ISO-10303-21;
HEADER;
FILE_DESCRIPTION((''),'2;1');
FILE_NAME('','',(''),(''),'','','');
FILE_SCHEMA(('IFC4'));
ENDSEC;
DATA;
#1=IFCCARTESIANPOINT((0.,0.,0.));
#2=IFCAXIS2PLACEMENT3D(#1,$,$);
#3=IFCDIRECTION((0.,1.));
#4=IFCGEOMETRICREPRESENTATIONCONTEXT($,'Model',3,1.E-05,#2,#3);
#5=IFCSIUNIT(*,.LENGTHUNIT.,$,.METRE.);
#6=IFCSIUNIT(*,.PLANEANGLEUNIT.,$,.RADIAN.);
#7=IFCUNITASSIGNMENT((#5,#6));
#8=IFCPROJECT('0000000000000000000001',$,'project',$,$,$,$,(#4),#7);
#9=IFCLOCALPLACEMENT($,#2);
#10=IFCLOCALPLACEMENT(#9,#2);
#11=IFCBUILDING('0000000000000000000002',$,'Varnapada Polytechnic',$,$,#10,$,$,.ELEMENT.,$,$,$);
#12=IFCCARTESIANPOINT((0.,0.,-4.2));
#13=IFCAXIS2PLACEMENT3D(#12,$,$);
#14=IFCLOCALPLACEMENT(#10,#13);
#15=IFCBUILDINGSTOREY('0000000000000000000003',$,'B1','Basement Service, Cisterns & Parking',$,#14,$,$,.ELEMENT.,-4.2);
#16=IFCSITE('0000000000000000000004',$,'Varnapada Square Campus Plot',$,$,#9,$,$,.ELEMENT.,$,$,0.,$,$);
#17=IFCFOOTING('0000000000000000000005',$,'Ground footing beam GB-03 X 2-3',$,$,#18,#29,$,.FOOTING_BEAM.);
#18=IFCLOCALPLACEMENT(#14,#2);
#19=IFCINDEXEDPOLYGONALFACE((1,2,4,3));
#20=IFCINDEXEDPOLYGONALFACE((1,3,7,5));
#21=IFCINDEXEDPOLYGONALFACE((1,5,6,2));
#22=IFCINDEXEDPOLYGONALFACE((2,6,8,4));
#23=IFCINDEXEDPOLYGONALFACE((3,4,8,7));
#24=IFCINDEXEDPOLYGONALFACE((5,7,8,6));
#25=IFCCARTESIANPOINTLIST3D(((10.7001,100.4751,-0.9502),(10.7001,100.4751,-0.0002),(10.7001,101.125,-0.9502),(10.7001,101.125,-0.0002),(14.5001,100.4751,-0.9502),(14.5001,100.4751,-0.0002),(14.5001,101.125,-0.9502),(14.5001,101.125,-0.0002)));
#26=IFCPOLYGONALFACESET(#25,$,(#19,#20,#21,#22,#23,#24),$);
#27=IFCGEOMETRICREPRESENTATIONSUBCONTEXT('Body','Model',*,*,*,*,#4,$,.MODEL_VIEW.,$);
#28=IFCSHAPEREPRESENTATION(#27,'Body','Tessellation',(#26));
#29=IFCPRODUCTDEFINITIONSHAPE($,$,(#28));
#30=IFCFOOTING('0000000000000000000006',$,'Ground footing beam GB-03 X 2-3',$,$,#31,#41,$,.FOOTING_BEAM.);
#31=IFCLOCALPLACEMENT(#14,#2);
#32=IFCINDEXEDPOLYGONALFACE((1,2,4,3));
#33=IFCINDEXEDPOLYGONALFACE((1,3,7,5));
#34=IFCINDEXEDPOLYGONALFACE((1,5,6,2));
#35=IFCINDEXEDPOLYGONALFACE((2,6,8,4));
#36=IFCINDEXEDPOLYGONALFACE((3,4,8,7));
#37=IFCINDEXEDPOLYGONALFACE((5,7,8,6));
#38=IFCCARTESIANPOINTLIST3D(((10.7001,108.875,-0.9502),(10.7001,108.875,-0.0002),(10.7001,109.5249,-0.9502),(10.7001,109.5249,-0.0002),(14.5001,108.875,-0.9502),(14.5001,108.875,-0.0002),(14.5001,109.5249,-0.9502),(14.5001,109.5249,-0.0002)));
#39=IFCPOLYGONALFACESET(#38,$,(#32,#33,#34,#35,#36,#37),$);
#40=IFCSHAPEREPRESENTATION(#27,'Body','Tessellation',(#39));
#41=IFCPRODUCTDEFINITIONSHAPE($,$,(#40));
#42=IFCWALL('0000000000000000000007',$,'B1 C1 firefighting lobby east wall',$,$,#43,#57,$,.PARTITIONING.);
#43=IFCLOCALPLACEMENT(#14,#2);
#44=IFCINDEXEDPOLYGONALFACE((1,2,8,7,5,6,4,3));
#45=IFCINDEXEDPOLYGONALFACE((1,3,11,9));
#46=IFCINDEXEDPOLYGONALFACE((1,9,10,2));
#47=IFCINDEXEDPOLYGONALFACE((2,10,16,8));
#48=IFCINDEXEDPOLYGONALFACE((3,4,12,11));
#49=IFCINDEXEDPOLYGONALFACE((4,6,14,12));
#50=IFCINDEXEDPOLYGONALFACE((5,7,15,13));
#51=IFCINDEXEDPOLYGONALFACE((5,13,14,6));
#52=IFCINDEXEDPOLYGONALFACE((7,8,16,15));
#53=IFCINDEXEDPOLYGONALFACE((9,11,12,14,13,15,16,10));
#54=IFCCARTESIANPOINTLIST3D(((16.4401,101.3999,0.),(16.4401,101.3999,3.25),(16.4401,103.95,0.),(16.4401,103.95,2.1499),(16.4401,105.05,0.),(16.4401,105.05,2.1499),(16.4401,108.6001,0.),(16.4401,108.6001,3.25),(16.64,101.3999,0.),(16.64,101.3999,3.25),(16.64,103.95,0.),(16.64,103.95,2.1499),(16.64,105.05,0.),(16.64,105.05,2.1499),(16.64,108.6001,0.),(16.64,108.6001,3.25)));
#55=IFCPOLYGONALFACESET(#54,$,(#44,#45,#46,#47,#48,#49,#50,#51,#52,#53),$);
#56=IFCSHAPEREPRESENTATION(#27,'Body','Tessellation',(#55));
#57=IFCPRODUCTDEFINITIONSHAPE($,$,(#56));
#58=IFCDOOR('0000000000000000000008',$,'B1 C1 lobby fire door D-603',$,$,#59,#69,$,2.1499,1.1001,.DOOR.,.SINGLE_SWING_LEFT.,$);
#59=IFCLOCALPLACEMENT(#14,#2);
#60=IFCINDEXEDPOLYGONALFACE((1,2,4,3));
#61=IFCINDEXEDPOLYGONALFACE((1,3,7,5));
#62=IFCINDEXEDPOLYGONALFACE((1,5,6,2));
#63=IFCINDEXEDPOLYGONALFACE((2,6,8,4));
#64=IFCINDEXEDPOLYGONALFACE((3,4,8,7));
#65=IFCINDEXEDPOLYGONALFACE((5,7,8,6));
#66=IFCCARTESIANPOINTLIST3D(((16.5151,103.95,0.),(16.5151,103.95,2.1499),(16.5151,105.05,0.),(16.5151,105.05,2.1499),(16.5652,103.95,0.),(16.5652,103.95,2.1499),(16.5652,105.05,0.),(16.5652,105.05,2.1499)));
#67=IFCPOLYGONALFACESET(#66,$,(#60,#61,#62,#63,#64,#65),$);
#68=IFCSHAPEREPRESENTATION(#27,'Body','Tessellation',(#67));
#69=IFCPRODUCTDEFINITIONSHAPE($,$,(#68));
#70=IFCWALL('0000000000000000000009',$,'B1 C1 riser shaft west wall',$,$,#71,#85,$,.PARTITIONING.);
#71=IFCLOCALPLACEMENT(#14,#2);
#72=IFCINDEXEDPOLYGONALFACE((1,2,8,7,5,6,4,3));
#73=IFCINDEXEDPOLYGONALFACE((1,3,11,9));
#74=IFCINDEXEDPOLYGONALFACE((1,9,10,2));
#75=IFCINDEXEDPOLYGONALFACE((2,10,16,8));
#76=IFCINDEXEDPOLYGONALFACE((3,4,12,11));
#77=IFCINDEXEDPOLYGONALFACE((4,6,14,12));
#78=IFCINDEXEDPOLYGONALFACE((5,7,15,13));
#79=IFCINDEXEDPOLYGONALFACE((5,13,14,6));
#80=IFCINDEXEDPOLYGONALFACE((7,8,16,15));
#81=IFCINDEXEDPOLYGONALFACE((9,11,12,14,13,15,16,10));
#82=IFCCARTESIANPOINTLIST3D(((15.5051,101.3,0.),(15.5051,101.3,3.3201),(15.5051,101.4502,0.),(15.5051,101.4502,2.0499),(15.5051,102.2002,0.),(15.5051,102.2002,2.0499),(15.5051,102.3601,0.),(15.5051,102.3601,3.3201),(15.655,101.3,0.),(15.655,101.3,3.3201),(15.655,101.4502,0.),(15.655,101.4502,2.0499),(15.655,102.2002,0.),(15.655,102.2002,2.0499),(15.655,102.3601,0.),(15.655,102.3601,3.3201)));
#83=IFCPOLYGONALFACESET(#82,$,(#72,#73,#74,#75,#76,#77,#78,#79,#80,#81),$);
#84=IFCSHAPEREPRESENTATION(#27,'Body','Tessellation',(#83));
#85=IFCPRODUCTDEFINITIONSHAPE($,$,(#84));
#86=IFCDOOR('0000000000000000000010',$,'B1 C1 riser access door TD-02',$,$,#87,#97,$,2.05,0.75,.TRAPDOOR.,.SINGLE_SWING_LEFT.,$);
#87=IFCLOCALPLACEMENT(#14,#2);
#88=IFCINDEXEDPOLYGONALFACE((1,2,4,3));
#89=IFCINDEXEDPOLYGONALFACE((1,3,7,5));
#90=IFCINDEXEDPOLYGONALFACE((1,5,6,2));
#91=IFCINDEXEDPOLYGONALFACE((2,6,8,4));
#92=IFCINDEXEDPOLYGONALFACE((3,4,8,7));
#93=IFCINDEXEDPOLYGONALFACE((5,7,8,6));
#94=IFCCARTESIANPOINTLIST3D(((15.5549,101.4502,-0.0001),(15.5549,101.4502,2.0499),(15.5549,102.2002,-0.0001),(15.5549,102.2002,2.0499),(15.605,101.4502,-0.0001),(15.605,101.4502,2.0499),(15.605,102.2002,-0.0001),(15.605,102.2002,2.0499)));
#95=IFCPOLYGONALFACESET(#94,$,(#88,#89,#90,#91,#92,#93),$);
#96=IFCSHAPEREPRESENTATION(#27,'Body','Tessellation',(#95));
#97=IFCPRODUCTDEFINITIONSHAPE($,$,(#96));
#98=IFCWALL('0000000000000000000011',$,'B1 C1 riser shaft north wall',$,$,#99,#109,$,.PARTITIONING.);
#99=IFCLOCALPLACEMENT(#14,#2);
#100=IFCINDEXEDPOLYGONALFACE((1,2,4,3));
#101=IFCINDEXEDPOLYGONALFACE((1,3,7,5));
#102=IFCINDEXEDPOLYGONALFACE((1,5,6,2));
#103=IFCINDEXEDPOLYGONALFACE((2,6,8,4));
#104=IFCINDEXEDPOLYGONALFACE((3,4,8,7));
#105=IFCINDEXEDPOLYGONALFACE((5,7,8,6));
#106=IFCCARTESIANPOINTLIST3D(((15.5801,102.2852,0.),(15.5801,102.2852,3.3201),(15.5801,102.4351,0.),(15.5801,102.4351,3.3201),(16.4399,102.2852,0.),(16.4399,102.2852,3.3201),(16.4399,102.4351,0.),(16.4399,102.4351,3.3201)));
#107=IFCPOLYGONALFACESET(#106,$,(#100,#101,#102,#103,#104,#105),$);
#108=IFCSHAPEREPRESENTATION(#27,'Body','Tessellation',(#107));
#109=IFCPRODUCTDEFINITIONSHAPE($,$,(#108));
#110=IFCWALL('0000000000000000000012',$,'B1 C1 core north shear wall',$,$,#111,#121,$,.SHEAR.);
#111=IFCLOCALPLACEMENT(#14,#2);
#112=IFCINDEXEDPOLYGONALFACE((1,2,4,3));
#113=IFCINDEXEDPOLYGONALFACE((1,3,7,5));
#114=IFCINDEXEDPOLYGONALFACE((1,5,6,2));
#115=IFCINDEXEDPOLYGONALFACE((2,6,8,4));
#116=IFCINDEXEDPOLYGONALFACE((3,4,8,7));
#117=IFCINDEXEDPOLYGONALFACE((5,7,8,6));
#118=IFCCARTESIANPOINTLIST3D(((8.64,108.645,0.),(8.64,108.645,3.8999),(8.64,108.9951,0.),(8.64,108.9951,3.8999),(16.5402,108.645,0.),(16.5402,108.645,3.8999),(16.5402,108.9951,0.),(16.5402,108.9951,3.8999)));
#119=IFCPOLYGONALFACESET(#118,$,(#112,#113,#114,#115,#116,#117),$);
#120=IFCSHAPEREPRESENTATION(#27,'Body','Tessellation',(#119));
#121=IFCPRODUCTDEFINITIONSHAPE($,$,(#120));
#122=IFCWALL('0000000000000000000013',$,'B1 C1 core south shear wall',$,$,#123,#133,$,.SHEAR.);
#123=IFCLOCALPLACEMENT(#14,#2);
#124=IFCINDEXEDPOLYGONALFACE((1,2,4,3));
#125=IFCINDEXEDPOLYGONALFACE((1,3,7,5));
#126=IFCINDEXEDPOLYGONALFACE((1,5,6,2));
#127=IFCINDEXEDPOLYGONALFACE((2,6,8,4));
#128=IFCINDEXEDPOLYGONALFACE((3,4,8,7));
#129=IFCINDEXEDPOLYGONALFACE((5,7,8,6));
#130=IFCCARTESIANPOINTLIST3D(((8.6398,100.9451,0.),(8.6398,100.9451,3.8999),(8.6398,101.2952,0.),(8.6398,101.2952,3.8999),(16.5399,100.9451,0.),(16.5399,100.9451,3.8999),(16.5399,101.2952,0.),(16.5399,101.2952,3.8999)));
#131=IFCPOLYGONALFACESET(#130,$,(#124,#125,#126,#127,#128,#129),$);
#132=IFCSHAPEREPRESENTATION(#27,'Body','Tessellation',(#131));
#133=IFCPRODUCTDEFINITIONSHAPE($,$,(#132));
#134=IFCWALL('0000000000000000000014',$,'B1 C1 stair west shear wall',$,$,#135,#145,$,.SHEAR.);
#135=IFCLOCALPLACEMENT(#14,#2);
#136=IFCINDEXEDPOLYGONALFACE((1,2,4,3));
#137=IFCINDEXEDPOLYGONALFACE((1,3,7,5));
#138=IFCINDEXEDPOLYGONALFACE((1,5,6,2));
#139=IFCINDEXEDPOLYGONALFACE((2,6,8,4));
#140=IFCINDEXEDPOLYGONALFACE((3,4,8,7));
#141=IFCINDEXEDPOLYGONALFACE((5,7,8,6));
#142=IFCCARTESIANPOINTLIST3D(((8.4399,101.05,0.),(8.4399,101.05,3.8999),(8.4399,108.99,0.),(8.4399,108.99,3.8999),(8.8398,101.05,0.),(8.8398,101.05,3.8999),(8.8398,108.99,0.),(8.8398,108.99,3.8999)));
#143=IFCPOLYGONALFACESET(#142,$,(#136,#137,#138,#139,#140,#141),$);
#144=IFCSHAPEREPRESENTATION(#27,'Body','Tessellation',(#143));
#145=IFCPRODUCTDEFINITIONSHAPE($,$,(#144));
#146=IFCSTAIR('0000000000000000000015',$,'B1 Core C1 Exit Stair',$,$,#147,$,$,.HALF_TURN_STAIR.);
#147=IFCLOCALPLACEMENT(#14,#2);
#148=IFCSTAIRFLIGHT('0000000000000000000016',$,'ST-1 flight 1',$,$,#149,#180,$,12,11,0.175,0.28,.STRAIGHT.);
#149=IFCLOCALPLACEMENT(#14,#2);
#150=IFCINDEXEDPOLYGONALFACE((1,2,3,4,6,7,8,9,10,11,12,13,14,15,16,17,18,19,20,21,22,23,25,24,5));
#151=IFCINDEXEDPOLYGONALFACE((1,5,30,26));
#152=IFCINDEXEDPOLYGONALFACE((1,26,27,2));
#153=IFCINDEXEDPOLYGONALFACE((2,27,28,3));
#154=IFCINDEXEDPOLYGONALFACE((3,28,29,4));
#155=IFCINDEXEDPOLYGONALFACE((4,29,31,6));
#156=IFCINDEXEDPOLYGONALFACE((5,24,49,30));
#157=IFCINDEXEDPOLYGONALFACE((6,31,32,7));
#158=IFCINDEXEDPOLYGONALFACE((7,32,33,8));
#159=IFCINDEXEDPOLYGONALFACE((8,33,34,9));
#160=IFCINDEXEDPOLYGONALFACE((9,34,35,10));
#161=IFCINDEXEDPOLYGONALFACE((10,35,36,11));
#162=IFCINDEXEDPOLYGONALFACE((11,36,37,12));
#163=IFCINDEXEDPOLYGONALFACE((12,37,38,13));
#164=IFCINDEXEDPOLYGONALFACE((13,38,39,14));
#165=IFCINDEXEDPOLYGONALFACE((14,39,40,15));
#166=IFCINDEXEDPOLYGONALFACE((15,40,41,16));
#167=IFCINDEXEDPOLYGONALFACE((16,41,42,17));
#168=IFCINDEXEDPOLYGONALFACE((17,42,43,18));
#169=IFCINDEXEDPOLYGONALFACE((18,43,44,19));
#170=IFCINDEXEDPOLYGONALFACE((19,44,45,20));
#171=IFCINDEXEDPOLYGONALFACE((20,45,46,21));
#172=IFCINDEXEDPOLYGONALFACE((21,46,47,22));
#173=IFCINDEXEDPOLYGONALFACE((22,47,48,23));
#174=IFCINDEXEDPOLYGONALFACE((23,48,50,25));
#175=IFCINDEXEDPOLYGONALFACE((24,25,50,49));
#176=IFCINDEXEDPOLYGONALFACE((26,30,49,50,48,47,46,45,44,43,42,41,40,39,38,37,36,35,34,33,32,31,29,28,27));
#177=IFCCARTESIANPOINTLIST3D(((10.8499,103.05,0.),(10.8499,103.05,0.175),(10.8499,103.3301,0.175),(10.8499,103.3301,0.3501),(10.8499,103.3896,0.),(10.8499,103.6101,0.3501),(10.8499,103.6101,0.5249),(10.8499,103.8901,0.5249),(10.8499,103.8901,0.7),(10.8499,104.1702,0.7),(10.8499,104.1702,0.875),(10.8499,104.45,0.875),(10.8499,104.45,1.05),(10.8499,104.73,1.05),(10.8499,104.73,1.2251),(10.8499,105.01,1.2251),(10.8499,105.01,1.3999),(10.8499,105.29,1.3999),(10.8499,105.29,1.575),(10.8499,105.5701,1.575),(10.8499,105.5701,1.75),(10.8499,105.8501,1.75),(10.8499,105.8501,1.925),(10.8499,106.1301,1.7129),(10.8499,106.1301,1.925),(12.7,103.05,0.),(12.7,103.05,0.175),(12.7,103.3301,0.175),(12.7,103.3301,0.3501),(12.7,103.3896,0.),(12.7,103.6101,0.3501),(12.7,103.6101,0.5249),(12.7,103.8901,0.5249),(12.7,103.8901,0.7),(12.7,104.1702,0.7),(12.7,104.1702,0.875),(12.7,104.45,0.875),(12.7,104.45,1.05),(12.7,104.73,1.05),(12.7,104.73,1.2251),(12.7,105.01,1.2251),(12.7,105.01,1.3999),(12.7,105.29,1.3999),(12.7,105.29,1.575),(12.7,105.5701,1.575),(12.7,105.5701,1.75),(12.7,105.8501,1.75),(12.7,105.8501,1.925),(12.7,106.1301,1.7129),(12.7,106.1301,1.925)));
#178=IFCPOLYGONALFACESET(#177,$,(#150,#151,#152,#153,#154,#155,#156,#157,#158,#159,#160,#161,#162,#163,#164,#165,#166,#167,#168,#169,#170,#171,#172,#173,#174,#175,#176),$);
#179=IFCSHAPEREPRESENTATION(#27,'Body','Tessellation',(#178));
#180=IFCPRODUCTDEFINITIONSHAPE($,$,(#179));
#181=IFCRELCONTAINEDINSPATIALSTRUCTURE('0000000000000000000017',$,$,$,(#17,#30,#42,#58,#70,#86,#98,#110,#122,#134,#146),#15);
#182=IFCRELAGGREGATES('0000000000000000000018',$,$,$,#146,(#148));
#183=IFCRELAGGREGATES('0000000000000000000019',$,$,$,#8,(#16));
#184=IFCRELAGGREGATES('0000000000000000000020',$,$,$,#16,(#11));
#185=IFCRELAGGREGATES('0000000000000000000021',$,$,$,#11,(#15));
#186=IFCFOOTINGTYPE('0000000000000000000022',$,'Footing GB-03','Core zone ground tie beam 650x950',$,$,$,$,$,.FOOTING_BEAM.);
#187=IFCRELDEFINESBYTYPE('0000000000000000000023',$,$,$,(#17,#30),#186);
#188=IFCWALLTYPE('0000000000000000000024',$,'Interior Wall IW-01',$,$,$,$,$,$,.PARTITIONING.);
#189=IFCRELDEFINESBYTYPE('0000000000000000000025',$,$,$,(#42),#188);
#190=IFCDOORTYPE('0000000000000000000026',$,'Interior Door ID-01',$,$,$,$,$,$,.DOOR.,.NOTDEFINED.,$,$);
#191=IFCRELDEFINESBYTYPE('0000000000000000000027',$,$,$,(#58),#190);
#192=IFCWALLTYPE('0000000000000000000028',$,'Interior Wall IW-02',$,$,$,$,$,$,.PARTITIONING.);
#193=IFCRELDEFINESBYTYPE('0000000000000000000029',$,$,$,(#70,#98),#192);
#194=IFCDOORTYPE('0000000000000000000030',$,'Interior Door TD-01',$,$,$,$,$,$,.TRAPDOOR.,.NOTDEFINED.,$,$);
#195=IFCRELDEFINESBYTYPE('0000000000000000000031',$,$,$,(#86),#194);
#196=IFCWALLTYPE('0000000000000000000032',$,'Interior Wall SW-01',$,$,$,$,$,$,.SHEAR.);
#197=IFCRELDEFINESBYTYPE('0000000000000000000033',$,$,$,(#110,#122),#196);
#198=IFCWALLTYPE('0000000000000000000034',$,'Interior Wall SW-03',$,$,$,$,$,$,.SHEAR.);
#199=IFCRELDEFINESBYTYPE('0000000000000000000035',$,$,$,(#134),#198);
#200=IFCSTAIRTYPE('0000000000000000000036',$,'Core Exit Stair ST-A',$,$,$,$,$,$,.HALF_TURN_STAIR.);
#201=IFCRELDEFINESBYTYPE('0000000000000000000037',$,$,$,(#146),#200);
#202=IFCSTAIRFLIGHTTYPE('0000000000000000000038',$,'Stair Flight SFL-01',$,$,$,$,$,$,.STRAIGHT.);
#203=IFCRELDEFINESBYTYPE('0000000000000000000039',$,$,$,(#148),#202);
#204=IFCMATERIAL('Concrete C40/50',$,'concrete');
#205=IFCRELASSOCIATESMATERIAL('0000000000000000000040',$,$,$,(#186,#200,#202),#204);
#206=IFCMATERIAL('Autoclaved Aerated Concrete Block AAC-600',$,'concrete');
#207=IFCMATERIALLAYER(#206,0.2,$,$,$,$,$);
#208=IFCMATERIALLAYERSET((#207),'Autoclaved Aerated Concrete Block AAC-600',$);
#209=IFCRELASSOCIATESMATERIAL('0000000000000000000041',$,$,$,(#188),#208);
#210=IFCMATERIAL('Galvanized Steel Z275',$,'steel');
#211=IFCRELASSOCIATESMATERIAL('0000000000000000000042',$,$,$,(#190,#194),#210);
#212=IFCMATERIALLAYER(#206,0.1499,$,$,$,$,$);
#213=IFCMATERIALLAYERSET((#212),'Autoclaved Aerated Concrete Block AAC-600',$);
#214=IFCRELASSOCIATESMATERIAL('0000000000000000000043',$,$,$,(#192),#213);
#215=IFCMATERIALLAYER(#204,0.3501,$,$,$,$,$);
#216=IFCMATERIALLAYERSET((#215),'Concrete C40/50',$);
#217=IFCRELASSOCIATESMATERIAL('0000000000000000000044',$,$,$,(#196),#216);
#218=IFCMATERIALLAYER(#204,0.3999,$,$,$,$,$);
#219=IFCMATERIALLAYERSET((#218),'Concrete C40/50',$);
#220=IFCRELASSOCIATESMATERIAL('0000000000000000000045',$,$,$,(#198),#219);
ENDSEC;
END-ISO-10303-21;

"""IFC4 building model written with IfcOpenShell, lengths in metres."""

from ifc_helpers import new_model, si_unit, direction, frame, frame_2d, origin, origin_2d, place, context, subcontext, project, spatial, polyline, rectangle, outline, extrude, material, layer, layer_set, type_object, element, fill, aggregate, save


model = new_model("IFC4")

# Units and contexts
model_context = context("Model", 3, precision=1e-05, world=origin(), true_north=direction((0.0, 1.0)))
body_context = subcontext(model_context, "Body", "Model", "MODEL_VIEW")
ifc_project = project(units=[si_unit("LENGTHUNIT", "METRE"), si_unit("PLANEANGLEUNIT", "RADIAN")], contexts=[model_context])

# Site, building, storey
site_placement = place(None, origin())
site = spatial("IfcSite", under=ifc_project, at=site_placement, Name="Varnapada Square Campus Plot", CompositionType="ELEMENT", RefElevation=0.0)
building_placement = place(site_placement, origin())
building = spatial("IfcBuilding", under=site, at=building_placement, Name="Varnapada Polytechnic", CompositionType="ELEMENT")
storey_placement = place(building_placement, frame((0.0, 0.0, -4.2)))
storey = spatial("IfcBuildingStorey", under=building, at=storey_placement, Name="B1", Description="Basement Service, Cisterns & Parking", CompositionType="ELEMENT", Elevation=-4.2)

# Shared definitions
ifc_material_1 = material(Name="Concrete C40/50", Category="concrete")

# Footings
footing_type = type_object("IfcFootingType", Name="Footing GB-03", Description="Core zone ground tie beam 650x950", PredefinedType="FOOTING_BEAM", material=ifc_material_1)
for number, where, z_axis, x_axis, name in (
    (1, (12.6001, 100.8, -0.9502), (0.0, 0.0, 1.0), (1.0, 0.0, 0.0), "Ground footing beam GB-03 X 2-3"),
    (2, (12.6001, 109.2, -0.9502), (0.0, 0.0, 1.0), (1.0, 0.0, 0.0), "Ground footing beam GB-03 X 2-3"),
):
    element("IfcFooting", number, at=place(storey_placement, frame(where, z_axis=z_axis, x_axis=x_axis)), inside=storey, type_object=footing_type, Name=name, PredefinedType="FOOTING_BEAM", context=body_context, shape_type="SweptSolid", body=[
        extrude(rectangle(XDim=3.8, YDim=0.6499, at=origin_2d()), origin(), (0.0, 0.0, 1.0), 0.95),
    ])

# Walls, openings, doors
ifc_material_2 = material(Name="Autoclaved Aerated Concrete Block AAC-600", Category="concrete")
ifc_layer_1 = layer(ifc_material_2, 0.2)
ifc_layer_set_1 = layer_set([ifc_layer_1], Name="Autoclaved Aerated Concrete Block AAC-600")
wall_type_1 = type_object("IfcWallType", Name="Interior Wall IW-01", PredefinedType="PARTITIONING", material=ifc_layer_set_1)
wall_1_placement = place(storey_placement, frame((16.54, 108.6001, 0.0), z_axis=(0.0, 0.0, 1.0), x_axis=(0.0, -1.0, 0.0)))
wall_1 = element("IfcWall", 3, at=wall_1_placement, inside=storey, type_object=wall_type_1, Name="B1 C1 firefighting lobby east wall", PredefinedType="PARTITIONING", context=body_context, shape_type="SweptSolid", body=[
    extrude(rectangle(XDim=7.2002, YDim=0.2, at=frame_2d((3.6001, 0.0))), origin(), (0.0, 0.0, 1.0), 3.25),
])
opening_1_placement = place(wall_1_placement, frame((3.55, 0.0, 0.0)))
opening_1 = element("IfcOpeningElement", 4, at=opening_1_placement, cuts=wall_1, PredefinedType="OPENING", context=body_context, shape_type="SweptSolid", body=[
    extrude(rectangle(XDim=1.1001, YDim=2.1499, at=frame_2d((0.55, 1.075))), frame((0.0, 0.1099, 0.0), z_axis=(0.0, -1.0, 0.0), x_axis=(1.0, 0.0, 0.0)), (0.0, 0.0, 1.0), 0.22),
])
ifc_material_3 = material(Name="Galvanized Steel Z275", Category="steel")
door_type_1 = type_object("IfcDoorType", Name="Interior Door ID-01", OperationType="NOTDEFINED", PredefinedType="DOOR", material=ifc_material_3)
door_1_placement = place(opening_1_placement, frame((1.1001, 0.0, 0.0), z_axis=(0.0, 0.0, 1.0), x_axis=(-1.0, 0.0, 0.0)))
door_1 = element("IfcDoor", 5, at=door_1_placement, inside=storey, type_object=door_type_1, Name="B1 C1 lobby fire door D-603", OperationType="SINGLE_SWING_LEFT", OverallHeight=2.1499, OverallWidth=1.1001, PredefinedType="DOOR", context=body_context, shape_type="SweptSolid", body=[
    extrude(rectangle(XDim=1.1001, YDim=2.1499, at=frame_2d((0.55, 1.075))), frame((0.0, 0.0249, 0.0), z_axis=(0.0, -1.0, 0.0), x_axis=(1.0, 0.0, 0.0)), (0.0, 0.0, 1.0), 0.05),
])
fill(opening_1, door_1)
ifc_layer_2 = layer(ifc_material_2, 0.1499)
ifc_layer_set_2 = layer_set([ifc_layer_2], Name="Autoclaved Aerated Concrete Block AAC-600")
wall_type_2 = type_object("IfcWallType", Name="Interior Wall IW-02", PredefinedType="PARTITIONING", material=ifc_layer_set_2)
wall_2_placement = place(storey_placement, frame((15.5801, 102.3601, 0.0), z_axis=(0.0, 0.0, 1.0), x_axis=(0.0, -1.0, 0.0)))
wall_2 = element("IfcWall", 6, at=wall_2_placement, inside=storey, type_object=wall_type_2, Name="B1 C1 riser shaft west wall", PredefinedType="PARTITIONING", context=body_context, shape_type="SweptSolid", body=[
    extrude(rectangle(XDim=1.0601, YDim=0.1499, at=frame_2d((0.53, 0.0))), origin(), (0.0, 0.0, 1.0), 3.3201),
])
opening_2_placement = place(wall_2_placement, frame((0.1599, 0.0, 0.0)))
opening_2 = element("IfcOpeningElement", 7, at=opening_2_placement, cuts=wall_2, PredefinedType="OPENING", context=body_context, shape_type="SweptSolid", body=[
    extrude(rectangle(XDim=0.75, YDim=2.05, at=frame_2d((0.375, 1.0249))), frame((0.0, 0.085, 0.0), z_axis=(0.0, -1.0, 0.0), x_axis=(1.0, 0.0, 0.0)), (0.0, 0.0, 1.0), 0.1699),
])
door_type_2 = type_object("IfcDoorType", Name="Interior Door TD-01", OperationType="NOTDEFINED", PredefinedType="TRAPDOOR", material=ifc_material_3)
door_2_placement = place(opening_2_placement, origin())
door_2 = element("IfcDoor", 8, at=door_2_placement, inside=storey, type_object=door_type_2, Name="B1 C1 riser access door TD-02", OperationType="SINGLE_SWING_LEFT", OverallHeight=2.05, OverallWidth=0.75, PredefinedType="TRAPDOOR", context=body_context, shape_type="SweptSolid", body=[
    extrude(rectangle(XDim=0.75, YDim=2.05, at=frame_2d((0.375, 1.0249))), frame((0.0, 0.0249, 0.0), z_axis=(0.0, -1.0, 0.0), x_axis=(1.0, 0.0, 0.0)), (0.0, 0.0, 1.0), 0.05),
])
fill(opening_2, door_2)

# Walls
wall_3_placement = place(storey_placement, frame((15.5801, 102.3601, 0.0), z_axis=(0.0, 0.0, 1.0), x_axis=(1.0, 0.0, 0.0)))
element("IfcWall", 9, at=wall_3_placement, inside=storey, type_object=wall_type_2, Name="B1 C1 riser shaft north wall", PredefinedType="PARTITIONING", context=body_context, shape_type="SweptSolid", body=[
    extrude(rectangle(XDim=0.8599, YDim=0.1499, at=frame_2d((0.4299, 0.0))), origin(), (0.0, 0.0, 1.0), 3.3201),
])
ifc_layer_3 = layer(ifc_material_1, 0.3501)
ifc_layer_set_3 = layer_set([ifc_layer_3], Name="Concrete C40/50")
wall_type_3 = type_object("IfcWallType", Name="Interior Wall SW-01", PredefinedType="SHEAR", material=ifc_layer_set_3)
for number, where, z_axis, x_axis, name in (
    (10, (8.6399, 108.8201, 0.0), (0.0, 0.0, 1.0), (1.0, 0.0, 0.0), "B1 C1 core north shear wall"),
    (11, (16.54, 101.1201, 0.0), (0.0, 0.0, 1.0), (-1.0, 0.0, 0.0), "B1 C1 core south shear wall"),
):
    element("IfcWall", number, at=place(storey_placement, frame(where, z_axis=z_axis, x_axis=x_axis)), inside=storey, type_object=wall_type_3, Name=name, PredefinedType="SHEAR", context=body_context, shape_type="SweptSolid", body=[
        extrude(rectangle(XDim=7.9001, YDim=0.3501, at=frame_2d((3.9502, 0.0))), origin(), (0.0, 0.0, 1.0), 3.8999),
    ])

# Wall
ifc_layer_4 = layer(ifc_material_1, 0.3999)
ifc_layer_set_4 = layer_set([ifc_layer_4], Name="Concrete C40/50")
wall_type_4 = type_object("IfcWallType", Name="Interior Wall SW-03", PredefinedType="SHEAR", material=ifc_layer_set_4)
wall_4_placement = place(storey_placement, frame((8.6399, 101.05, 0.0), z_axis=(0.0, 0.0, 1.0), x_axis=(0.0, 1.0, 0.0)))
element("IfcWall", 12, at=wall_4_placement, inside=storey, type_object=wall_type_4, Name="B1 C1 stair west shear wall", PredefinedType="SHEAR", context=body_context, shape_type="SweptSolid", body=[
    extrude(rectangle(XDim=7.9399, YDim=0.3999, at=frame_2d((3.97, 0.0))), origin(), (0.0, 0.0, 1.0), 3.8999),
])

# Stair, stair flight
stair_type = type_object("IfcStairType", Name="Core Exit Stair ST-A", PredefinedType="HALF_TURN_STAIR", material=ifc_material_1)
stair_placement = place(storey_placement, origin())
stair = element("IfcStair", 13, at=stair_placement, inside=storey, type_object=stair_type, Name="B1 Core C1 Exit Stair", PredefinedType="HALF_TURN_STAIR")
stair_flight_type = type_object("IfcStairFlightType", Name="Stair Flight SFL-01", PredefinedType="STRAIGHT", material=ifc_material_1)
stair_flight_1_placement = place(storey_placement, frame((11.7749, 103.05, 0.0), z_axis=(0.0, 0.0, 1.0), x_axis=(0.0, 1.0, 0.0)))
stair_flight_1 = element("IfcStairFlight", 14, at=stair_flight_1_placement, type_object=stair_flight_type, Name="ST-1 flight 1", NumberOfRisers=12, NumberOfTreads=11, PredefinedType="STRAIGHT", RiserHeight=0.175, TreadLength=0.28, context=body_context, shape_type="SweptSolid", body=[
    extrude(outline(polyline([(0.0, 0.0), (0.0, 0.175), (0.28, 0.175), (0.28, 0.3501), (0.5601, 0.3501), (0.5601, 0.5249), (0.8401, 0.5249), (0.8401, 0.7), (1.1201, 0.7), (1.1201, 0.875), (1.3999, 0.875), (1.3999, 1.05), (1.6799, 1.05), (1.6799, 1.2251), (1.96, 1.2251), (1.96, 1.3999), (2.24, 1.3999), (2.24, 1.575), (2.52, 1.575), (2.52, 1.75), (2.8, 1.75), (2.8, 1.925), (3.0801, 1.925), (3.0801, 2.1001), (3.0801, 1.7129), (0.3396, 0.0), (0.0, 0.0)])), frame((0.0, 0.925, 0.0), z_axis=(0.0, -1.0, 0.0), x_axis=(1.0, 0.0, 0.0)), (0.0, 0.0, 1.0), 1.8501),
])
aggregate(stair, [stair_flight_1])

save(model, "model.ifc")
